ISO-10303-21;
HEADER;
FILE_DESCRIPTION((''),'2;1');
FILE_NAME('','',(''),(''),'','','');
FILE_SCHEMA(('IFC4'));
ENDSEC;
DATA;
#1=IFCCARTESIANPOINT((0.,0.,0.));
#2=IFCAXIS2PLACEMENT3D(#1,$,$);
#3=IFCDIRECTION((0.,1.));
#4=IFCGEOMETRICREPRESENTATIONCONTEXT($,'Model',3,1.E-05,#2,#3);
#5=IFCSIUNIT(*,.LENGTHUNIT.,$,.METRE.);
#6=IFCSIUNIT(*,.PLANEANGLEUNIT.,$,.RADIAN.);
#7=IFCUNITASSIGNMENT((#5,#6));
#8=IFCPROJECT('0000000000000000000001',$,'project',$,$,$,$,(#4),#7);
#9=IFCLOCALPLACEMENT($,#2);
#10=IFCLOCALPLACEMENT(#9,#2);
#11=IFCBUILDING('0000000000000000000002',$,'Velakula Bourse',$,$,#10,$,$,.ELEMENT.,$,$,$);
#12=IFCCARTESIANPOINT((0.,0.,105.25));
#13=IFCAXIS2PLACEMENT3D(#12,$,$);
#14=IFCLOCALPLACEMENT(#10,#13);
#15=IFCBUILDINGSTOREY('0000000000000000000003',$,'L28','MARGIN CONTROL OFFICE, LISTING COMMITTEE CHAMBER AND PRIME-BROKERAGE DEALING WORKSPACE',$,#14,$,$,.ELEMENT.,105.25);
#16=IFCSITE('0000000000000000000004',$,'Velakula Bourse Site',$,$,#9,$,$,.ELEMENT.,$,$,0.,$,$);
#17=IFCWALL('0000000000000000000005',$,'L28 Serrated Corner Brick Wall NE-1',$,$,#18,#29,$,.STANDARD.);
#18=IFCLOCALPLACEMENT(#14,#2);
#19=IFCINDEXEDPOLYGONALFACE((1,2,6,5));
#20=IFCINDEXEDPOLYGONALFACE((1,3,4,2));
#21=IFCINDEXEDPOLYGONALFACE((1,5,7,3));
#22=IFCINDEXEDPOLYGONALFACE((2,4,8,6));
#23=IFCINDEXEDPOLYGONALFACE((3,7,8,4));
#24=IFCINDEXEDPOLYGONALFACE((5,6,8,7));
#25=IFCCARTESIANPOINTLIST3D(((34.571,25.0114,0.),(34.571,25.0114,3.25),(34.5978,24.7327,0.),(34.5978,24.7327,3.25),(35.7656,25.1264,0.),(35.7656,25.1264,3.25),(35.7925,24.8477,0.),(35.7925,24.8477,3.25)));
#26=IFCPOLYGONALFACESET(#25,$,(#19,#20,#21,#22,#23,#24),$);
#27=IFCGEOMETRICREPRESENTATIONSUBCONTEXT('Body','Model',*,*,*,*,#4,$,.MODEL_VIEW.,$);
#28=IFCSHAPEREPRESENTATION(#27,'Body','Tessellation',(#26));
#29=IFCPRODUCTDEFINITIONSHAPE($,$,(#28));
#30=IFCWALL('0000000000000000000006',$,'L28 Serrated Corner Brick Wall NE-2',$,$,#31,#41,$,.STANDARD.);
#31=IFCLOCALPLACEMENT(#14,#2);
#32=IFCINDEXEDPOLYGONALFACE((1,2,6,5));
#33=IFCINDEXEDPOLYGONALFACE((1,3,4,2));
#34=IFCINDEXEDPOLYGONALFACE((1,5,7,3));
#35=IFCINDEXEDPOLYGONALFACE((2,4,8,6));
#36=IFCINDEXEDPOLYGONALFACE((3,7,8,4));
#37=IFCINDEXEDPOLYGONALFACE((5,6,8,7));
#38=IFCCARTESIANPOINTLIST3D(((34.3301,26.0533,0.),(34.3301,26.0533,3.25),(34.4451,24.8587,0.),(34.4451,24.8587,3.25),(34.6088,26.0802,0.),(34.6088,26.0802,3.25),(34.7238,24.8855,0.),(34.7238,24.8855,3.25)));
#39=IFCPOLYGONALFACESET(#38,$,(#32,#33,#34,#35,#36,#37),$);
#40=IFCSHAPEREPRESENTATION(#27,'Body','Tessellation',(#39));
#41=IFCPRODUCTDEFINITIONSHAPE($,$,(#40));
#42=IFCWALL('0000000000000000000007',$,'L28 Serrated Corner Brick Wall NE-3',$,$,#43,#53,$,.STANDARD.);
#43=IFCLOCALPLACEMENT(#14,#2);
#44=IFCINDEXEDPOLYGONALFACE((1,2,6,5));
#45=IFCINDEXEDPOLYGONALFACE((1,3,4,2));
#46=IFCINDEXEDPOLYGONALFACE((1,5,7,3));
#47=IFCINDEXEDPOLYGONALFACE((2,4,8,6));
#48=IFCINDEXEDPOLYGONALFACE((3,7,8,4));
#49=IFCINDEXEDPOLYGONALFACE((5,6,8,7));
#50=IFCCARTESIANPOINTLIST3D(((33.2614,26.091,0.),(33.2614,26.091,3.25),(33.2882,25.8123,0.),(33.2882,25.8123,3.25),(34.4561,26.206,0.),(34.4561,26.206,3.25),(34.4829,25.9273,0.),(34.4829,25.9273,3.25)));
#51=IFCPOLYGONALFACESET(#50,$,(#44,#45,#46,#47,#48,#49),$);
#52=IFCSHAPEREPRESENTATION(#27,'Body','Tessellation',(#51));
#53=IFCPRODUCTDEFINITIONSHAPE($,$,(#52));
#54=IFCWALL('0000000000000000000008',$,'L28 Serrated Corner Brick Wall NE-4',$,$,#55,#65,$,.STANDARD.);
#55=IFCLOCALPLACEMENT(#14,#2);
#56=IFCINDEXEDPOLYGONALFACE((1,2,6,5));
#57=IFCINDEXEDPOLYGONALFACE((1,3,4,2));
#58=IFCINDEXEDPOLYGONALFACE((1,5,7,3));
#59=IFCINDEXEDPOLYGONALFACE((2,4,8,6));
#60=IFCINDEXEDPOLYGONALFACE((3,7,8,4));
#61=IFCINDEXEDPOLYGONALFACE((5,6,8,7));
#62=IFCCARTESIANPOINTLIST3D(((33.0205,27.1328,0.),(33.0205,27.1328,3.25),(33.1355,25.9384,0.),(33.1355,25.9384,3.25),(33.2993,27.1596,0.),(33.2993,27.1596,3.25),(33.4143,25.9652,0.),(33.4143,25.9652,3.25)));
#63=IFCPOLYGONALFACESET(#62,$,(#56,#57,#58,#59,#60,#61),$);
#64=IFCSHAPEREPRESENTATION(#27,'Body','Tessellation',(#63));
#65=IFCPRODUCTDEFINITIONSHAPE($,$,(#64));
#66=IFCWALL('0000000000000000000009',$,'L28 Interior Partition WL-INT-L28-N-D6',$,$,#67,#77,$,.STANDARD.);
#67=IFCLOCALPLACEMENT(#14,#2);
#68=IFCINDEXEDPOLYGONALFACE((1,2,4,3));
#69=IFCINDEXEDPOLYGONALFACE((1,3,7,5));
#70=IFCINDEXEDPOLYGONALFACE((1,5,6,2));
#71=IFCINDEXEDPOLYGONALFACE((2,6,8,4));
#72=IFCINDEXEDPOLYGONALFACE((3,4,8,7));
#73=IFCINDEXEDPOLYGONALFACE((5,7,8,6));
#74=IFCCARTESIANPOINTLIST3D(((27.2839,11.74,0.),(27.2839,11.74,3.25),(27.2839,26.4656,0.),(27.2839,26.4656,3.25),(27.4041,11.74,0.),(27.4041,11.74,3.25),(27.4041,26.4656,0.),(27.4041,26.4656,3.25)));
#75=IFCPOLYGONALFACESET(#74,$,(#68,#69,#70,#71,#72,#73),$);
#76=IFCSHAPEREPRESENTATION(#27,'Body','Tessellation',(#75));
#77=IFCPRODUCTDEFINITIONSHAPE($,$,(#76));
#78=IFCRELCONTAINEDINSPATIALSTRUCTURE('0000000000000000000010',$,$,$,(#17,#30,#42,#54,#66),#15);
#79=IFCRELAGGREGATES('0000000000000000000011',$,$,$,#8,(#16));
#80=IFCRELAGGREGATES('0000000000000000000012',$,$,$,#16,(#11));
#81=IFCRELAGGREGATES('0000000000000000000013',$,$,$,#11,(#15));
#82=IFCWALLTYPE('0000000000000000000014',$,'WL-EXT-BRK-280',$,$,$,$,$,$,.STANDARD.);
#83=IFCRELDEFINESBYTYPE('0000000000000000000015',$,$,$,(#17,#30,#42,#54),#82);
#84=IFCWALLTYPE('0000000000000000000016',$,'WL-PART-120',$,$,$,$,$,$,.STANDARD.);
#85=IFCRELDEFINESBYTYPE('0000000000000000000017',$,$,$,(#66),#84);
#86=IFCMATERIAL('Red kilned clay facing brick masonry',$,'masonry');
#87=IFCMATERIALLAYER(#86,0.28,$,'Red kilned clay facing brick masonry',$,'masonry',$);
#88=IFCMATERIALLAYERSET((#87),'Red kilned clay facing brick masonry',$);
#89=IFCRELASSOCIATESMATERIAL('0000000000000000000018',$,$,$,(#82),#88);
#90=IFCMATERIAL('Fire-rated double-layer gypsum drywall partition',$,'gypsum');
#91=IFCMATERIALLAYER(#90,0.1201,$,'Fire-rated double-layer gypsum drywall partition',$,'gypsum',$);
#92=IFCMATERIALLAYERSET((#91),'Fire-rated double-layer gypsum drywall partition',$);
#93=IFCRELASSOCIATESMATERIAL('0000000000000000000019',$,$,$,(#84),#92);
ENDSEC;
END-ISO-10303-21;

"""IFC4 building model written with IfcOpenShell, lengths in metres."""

from ifc_helpers import new_model, si_unit, direction, frame, frame_2d, origin, place, context, subcontext, project, spatial, rectangle, extrude, material, layer, layer_set, type_object, element, save


model = new_model("IFC4")

# Units and contexts
model_context = context("Model", 3, precision=1e-05, world=origin(), true_north=direction((0.0, 1.0)))
body_context = subcontext(model_context, "Body", "Model", "MODEL_VIEW")
ifc_project = project(units=[si_unit("LENGTHUNIT", "METRE"), si_unit("PLANEANGLEUNIT", "RADIAN")], contexts=[model_context])

# Site, building, storey
site_placement = place(None, origin())
site = spatial("IfcSite", under=ifc_project, at=site_placement, Name="Velakula Bourse Site", CompositionType="ELEMENT", RefElevation=0.0)
building_placement = place(site_placement, origin())
building = spatial("IfcBuilding", under=site, at=building_placement, Name="Velakula Bourse", CompositionType="ELEMENT")
storey_placement = place(building_placement, frame((0.0, 0.0, 105.25)))
storey = spatial("IfcBuildingStorey", under=building, at=storey_placement, Name="L28", Description="MARGIN CONTROL OFFICE, LISTING COMMITTEE CHAMBER AND PRIME-BROKERAGE DEALING WORKSPACE", CompositionType="ELEMENT", Elevation=105.25)

# Shared definitions
ifc_material_1 = material(Name="Red kilned clay facing brick masonry", Category="masonry")
ifc_layer_1 = layer(ifc_material_1, 0.28, Name="Red kilned clay facing brick masonry", Category="masonry")
ifc_layer_set_1 = layer_set([ifc_layer_1], Name="Red kilned clay facing brick masonry")
wall_type_1 = type_object("IfcWallType", Name="WL-EXT-BRK-280", PredefinedType="STANDARD", material=ifc_layer_set_1)

# Walls
for number, where, z_axis, x_axis, name in (
    (1, (35.7791, 24.9871, 0.0), (0.0, 0.0, 1.0), (-0.995399, -0.095817, 0.0), "L28 Serrated Corner Brick Wall NE-1"),
    (2, (34.5845, 24.8721, 0.0), (0.0, 0.0, 1.0), (-0.095817, 0.995399, 0.0), "L28 Serrated Corner Brick Wall NE-2"),
    (3, (34.4695, 26.0667, 0.0), (0.0, 0.0, 1.0), (-0.995399, -0.095817, 0.0), "L28 Serrated Corner Brick Wall NE-3"),
):
    element("IfcWall", number, at=place(storey_placement, frame(where, z_axis=z_axis, x_axis=x_axis)), inside=storey, type_object=wall_type_1, Name=name, PredefinedType="STANDARD", context=body_context, shape_type="SweptSolid", body=[
        extrude(rectangle(XDim=1.2002, YDim=0.28, at=frame_2d((0.6001, 0.0))), origin(), (0.0, 0.0, 1.0), 3.25),
    ])
wall_1_placement = place(storey_placement, frame((33.2749, 25.9517, 0.0), z_axis=(0.0, 0.0, 1.0), x_axis=(-0.095836, 0.995397, 0.0)))
element("IfcWall", 4, at=wall_1_placement, inside=storey, type_object=wall_type_1, Name="L28 Serrated Corner Brick Wall NE-4", PredefinedType="STANDARD", context=body_context, shape_type="SweptSolid", body=[
    extrude(rectangle(XDim=1.2, YDim=0.28, at=frame_2d((0.6001, 0.0))), origin(), (0.0, 0.0, 1.0), 3.25),
])
ifc_material_2 = material(Name="Fire-rated double-layer gypsum drywall partition", Category="gypsum")
ifc_layer_2 = layer(ifc_material_2, 0.1201, Name="Fire-rated double-layer gypsum drywall partition", Category="gypsum")
ifc_layer_set_2 = layer_set([ifc_layer_2], Name="Fire-rated double-layer gypsum drywall partition")
wall_type_2 = type_object("IfcWallType", Name="WL-PART-120", PredefinedType="STANDARD", material=ifc_layer_set_2)
wall_2_placement = place(storey_placement, frame((27.344, 11.74, 0.0), z_axis=(0.0, 0.0, 1.0), x_axis=(0.0, 1.0, 0.0)))
element("IfcWall", 5, at=wall_2_placement, inside=storey, type_object=wall_type_2, Name="L28 Interior Partition WL-INT-L28-N-D6", PredefinedType="STANDARD", context=body_context, shape_type="SweptSolid", body=[
    extrude(rectangle(XDim=14.7256, YDim=0.1201, at=frame_2d((7.3628, 0.0))), origin(), (0.0, 0.0, 1.0), 3.25),
])

save(model, "model.ifc")
